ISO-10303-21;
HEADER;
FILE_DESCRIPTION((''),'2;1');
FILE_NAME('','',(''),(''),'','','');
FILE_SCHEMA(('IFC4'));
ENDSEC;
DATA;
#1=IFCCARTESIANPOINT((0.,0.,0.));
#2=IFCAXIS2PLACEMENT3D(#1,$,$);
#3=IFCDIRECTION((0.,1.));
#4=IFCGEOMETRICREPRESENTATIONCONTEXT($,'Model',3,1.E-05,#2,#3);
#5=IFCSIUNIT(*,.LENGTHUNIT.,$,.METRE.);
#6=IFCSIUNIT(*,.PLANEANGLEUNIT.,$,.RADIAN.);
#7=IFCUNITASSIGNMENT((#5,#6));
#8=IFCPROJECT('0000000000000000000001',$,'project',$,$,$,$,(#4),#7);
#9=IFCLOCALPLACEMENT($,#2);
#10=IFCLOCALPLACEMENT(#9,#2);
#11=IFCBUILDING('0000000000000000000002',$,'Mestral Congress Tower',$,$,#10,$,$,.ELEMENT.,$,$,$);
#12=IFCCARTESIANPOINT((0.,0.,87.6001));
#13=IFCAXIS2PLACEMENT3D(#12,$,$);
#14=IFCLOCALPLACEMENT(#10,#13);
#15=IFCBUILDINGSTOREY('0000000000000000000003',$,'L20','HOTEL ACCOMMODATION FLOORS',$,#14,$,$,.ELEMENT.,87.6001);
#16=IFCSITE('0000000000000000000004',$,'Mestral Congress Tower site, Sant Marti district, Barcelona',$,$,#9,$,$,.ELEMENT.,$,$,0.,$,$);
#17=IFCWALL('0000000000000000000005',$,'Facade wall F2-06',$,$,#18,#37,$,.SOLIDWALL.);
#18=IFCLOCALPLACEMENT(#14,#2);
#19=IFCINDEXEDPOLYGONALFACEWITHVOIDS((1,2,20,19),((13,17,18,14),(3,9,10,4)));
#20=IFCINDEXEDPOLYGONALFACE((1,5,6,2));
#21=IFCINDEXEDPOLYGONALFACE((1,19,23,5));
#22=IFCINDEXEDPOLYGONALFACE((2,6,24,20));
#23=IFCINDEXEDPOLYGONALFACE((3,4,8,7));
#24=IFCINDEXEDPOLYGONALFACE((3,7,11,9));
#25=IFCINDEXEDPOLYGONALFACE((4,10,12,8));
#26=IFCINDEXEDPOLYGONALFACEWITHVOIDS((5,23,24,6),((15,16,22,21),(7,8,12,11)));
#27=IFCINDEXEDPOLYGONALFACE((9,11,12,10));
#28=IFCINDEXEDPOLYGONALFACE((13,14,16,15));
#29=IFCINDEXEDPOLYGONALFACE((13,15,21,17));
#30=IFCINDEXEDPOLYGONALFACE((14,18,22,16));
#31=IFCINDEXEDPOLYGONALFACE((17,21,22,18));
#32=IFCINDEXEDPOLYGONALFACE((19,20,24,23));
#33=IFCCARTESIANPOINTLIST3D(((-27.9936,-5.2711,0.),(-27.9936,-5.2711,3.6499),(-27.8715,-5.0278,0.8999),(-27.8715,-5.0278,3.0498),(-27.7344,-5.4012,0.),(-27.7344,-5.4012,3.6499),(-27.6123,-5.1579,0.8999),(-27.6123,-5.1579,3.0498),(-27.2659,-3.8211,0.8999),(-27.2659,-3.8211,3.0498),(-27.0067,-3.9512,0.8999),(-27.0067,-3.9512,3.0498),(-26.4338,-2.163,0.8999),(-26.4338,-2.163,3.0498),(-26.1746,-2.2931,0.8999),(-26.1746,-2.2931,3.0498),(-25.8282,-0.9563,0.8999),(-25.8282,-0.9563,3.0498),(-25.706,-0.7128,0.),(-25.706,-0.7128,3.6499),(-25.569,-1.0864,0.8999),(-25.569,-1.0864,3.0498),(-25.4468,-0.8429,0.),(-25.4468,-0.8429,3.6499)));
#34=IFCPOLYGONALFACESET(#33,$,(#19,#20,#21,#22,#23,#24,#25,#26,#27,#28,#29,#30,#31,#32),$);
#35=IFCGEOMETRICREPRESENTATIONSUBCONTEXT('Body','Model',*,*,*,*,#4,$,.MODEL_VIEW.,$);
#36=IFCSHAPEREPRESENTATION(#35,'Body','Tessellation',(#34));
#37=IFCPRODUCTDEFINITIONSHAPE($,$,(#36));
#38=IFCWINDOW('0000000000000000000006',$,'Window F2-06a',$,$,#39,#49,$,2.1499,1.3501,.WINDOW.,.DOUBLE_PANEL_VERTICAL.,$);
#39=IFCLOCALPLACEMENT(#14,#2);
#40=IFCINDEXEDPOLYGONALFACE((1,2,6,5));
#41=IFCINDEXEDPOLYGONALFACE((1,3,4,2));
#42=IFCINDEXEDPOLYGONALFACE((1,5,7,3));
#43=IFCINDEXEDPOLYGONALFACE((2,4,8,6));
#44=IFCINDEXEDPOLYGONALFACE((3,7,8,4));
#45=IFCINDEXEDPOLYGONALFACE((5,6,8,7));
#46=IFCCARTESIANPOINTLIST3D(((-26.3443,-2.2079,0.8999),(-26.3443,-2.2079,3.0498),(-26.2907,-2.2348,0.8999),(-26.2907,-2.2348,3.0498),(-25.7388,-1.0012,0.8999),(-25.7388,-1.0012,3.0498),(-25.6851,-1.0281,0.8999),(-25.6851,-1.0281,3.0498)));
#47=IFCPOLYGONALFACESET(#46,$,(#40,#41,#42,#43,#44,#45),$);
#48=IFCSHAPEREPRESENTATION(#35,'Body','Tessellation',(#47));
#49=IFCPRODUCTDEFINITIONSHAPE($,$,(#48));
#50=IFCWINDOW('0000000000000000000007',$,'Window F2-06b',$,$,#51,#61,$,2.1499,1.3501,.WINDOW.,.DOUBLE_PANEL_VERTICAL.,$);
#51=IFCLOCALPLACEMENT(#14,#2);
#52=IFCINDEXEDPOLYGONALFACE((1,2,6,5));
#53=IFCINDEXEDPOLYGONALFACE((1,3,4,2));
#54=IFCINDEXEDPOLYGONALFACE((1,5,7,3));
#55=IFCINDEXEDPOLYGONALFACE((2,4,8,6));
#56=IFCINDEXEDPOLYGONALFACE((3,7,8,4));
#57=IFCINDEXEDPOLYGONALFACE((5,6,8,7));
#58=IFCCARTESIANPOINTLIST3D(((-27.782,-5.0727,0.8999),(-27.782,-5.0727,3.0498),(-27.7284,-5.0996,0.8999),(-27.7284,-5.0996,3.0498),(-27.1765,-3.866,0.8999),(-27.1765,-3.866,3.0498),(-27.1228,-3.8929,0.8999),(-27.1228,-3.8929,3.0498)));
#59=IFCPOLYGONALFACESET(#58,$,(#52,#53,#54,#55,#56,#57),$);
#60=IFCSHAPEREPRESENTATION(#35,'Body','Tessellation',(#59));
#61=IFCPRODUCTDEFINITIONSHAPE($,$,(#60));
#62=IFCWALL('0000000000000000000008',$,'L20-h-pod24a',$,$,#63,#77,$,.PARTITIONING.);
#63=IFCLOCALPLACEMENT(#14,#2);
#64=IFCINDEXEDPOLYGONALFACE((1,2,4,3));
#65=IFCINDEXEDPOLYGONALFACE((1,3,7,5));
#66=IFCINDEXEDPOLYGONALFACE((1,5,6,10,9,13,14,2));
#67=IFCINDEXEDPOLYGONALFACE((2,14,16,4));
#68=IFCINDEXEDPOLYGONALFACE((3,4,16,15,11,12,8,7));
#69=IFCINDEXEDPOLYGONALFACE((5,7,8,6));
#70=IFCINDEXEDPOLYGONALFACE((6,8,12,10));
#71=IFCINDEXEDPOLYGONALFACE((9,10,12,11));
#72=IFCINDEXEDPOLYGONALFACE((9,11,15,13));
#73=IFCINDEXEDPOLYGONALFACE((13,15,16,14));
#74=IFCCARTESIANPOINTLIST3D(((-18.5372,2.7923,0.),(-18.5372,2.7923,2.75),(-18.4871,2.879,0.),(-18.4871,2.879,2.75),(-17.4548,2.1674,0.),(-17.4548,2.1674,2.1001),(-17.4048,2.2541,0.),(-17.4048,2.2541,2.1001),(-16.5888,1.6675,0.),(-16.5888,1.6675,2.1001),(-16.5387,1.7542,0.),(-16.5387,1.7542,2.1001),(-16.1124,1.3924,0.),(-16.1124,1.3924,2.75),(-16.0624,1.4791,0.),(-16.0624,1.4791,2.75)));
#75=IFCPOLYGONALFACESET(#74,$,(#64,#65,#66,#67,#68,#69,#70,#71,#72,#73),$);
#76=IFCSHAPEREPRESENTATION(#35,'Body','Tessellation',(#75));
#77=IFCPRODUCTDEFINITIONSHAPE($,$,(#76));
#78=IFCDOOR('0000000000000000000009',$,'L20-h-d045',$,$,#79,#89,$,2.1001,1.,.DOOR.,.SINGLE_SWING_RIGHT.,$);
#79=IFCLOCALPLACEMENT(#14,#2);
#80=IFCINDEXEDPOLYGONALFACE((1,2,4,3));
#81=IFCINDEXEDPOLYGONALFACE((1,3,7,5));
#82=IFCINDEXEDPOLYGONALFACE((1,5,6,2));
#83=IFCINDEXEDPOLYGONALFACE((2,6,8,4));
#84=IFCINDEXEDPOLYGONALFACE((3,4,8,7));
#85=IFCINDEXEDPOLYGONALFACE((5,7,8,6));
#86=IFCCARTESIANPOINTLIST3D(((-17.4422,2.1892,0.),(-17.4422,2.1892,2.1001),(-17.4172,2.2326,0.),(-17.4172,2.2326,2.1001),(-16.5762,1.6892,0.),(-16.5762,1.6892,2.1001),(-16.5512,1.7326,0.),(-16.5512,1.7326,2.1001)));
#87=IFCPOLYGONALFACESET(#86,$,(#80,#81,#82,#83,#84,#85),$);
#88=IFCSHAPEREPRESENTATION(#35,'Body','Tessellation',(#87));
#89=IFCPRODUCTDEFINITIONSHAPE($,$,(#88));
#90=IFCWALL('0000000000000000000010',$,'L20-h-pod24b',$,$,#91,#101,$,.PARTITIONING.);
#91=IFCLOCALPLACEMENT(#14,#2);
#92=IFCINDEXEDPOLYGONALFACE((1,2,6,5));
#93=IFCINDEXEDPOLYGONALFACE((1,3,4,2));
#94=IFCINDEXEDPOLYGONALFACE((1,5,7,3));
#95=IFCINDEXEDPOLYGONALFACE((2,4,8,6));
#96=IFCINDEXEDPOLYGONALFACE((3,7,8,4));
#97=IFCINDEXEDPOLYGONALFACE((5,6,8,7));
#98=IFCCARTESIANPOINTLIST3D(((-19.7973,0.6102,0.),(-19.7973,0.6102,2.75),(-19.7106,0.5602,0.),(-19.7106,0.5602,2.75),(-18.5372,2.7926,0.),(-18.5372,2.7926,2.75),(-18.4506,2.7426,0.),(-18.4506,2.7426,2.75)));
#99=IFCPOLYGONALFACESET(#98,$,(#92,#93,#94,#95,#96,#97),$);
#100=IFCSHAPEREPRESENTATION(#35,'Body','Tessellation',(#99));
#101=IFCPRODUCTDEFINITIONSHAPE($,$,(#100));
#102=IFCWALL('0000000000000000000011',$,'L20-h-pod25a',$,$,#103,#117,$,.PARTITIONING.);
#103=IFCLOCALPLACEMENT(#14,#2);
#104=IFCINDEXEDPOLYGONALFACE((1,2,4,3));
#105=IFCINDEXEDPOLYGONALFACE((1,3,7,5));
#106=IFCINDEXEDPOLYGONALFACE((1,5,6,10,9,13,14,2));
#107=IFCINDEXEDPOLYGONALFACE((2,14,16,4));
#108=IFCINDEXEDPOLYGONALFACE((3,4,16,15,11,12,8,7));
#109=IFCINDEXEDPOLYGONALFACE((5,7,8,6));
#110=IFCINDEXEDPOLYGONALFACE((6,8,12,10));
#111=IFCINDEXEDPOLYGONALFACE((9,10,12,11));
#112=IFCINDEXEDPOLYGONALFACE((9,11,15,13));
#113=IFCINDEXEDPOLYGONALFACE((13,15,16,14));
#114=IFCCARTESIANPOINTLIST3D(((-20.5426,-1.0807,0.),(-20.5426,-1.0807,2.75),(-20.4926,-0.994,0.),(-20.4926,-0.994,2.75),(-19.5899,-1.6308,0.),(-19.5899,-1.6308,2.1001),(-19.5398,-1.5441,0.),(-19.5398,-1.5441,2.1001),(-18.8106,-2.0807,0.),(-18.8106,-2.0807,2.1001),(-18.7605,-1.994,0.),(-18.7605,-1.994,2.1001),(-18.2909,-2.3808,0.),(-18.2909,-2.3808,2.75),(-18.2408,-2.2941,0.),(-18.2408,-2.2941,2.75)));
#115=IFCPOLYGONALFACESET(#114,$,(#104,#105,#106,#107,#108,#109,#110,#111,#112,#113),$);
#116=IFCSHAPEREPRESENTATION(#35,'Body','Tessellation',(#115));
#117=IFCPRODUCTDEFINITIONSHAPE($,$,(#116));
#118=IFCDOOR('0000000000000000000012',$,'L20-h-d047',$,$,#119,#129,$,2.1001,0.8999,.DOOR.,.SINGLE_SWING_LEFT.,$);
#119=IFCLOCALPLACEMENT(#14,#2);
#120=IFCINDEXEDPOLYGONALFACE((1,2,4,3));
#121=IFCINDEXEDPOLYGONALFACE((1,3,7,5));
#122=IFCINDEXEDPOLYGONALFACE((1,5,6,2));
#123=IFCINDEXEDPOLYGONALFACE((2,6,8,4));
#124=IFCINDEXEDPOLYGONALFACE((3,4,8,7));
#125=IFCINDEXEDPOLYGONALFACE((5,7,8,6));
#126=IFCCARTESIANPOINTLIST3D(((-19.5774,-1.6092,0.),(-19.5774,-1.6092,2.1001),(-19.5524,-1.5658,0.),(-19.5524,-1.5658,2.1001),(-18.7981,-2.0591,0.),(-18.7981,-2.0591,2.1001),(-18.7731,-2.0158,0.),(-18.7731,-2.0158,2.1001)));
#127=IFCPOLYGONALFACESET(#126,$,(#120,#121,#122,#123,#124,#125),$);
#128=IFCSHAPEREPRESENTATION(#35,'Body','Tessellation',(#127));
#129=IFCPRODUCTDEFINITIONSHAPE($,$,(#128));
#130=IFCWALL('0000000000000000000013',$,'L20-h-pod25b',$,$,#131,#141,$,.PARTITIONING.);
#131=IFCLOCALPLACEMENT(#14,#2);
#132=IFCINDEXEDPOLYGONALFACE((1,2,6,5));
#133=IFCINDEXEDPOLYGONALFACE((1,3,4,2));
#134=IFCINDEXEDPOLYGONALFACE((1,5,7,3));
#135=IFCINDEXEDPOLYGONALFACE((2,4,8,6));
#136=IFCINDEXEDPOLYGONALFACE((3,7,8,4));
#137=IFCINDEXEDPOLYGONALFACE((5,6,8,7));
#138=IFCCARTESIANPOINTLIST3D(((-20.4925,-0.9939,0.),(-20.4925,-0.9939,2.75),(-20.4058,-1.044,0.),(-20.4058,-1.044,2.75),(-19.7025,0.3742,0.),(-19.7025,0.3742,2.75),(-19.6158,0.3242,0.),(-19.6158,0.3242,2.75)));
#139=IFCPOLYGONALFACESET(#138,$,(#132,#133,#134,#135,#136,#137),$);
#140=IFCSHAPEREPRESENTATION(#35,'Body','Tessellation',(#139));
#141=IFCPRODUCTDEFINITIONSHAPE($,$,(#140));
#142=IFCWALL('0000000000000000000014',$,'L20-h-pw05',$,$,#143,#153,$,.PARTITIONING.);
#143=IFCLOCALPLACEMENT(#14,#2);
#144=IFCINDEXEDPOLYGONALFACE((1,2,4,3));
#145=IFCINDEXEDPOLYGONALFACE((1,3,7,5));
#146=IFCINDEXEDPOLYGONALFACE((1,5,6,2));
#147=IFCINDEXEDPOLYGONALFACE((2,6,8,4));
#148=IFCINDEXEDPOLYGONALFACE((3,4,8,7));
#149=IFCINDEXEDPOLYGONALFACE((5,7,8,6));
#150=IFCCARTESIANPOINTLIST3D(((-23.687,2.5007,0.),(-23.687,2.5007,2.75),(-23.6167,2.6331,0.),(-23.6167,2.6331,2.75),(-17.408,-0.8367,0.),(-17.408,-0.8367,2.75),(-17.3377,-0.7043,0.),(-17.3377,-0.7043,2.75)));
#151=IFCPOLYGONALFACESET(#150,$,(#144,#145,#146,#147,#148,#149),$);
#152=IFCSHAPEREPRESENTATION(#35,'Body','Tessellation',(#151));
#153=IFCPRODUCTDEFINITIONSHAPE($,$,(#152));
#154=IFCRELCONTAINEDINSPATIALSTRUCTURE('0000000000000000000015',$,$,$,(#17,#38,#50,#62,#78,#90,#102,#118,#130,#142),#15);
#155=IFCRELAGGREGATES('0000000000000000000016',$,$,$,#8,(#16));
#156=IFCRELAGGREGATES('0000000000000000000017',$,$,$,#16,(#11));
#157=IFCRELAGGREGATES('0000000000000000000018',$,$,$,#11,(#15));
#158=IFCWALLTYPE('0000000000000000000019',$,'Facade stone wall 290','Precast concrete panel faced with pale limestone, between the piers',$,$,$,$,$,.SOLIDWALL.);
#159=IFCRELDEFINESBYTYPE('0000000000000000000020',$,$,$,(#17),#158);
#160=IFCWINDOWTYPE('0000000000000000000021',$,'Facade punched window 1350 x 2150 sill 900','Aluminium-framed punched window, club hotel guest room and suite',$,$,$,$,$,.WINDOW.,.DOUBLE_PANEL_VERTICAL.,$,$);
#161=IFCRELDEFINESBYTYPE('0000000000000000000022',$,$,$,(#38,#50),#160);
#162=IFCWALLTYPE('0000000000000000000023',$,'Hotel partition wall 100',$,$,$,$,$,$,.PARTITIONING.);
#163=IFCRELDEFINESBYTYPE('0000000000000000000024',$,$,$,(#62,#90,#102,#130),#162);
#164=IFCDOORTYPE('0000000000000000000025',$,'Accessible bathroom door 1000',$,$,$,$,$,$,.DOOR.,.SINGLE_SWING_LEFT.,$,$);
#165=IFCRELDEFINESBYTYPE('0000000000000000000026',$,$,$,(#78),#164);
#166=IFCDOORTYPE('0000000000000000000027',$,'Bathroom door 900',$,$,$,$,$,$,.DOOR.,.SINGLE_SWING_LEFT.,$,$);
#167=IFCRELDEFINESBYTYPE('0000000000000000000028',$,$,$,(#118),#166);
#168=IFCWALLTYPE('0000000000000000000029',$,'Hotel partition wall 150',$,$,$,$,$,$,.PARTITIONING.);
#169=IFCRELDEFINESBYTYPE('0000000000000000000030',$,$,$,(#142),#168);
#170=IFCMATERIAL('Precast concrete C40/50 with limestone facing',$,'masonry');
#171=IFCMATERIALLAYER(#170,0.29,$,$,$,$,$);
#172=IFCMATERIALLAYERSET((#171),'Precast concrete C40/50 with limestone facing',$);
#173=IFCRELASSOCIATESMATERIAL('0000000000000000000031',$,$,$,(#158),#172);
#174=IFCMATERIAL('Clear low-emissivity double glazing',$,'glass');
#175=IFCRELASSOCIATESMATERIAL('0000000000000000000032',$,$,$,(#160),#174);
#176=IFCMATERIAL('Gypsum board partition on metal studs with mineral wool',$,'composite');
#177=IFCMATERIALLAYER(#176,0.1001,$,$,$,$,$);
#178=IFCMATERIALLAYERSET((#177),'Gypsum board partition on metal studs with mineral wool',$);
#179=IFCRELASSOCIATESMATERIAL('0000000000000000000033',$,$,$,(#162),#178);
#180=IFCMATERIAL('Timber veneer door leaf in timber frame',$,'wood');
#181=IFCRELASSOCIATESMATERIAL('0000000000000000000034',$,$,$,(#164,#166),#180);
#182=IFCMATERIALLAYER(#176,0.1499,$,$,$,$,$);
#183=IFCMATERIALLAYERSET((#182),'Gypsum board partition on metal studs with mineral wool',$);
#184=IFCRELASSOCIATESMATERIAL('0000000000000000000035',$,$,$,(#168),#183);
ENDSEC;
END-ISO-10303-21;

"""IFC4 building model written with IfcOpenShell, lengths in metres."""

from ifc_helpers import new_model, si_unit, direction, frame, frame_2d, origin, place, context, subcontext, project, spatial, rectangle, extrude, material, layer, layer_set, type_object, element, fill, save


model = new_model("IFC4")

# Units and contexts
model_context = context("Model", 3, precision=1e-05, world=origin(), true_north=direction((0.0, 1.0)))
body_context = subcontext(model_context, "Body", "Model", "MODEL_VIEW")
ifc_project = project(units=[si_unit("LENGTHUNIT", "METRE"), si_unit("PLANEANGLEUNIT", "RADIAN")], contexts=[model_context])

# Site, building, storey
site_placement = place(None, origin())
site = spatial("IfcSite", under=ifc_project, at=site_placement, Name="Mestral Congress Tower site, Sant Marti district, Barcelona", CompositionType="ELEMENT", RefElevation=0.0)
building_placement = place(site_placement, origin())
building = spatial("IfcBuilding", under=site, at=building_placement, Name="Mestral Congress Tower", CompositionType="ELEMENT")
storey_placement = place(building_placement, frame((0.0, 0.0, 87.6001)))
storey = spatial("IfcBuildingStorey", under=building, at=storey_placement, Name="L20", Description="HOTEL ACCOMMODATION FLOORS", CompositionType="ELEMENT", Elevation=87.6001)

# Wall, openings, windows
ifc_material_1 = material(Name="Precast concrete C40/50 with limestone facing", Category="masonry")
ifc_layer_1 = layer(ifc_material_1, 0.29)
ifc_layer_set_1 = layer_set([ifc_layer_1], Name="Precast concrete C40/50 with limestone facing")
wall_type_1 = type_object("IfcWallType", Name="Facade stone wall 290", Description="Precast concrete panel faced with pale limestone, between the piers", PredefinedType="SOLIDWALL", material=ifc_layer_set_1)
wall_1_placement = place(storey_placement, frame((-25.5764, -0.7778, 0.0), z_axis=(0.0, 0.0, 1.0), x_axis=(-0.448534, -0.893766, 0.0)))
wall_1 = element("IfcWall", 1, at=wall_1_placement, inside=storey, type_object=wall_type_1, Name="Facade wall F2-06", PredefinedType="SOLIDWALL", context=body_context, shape_type="SweptSolid", body=[
    extrude(rectangle(XDim=5.1001, YDim=0.29, at=frame_2d((2.55, 0.0))), origin(), (0.0, 0.0, 1.0), 3.6499),
])
opening_1_placement = place(wall_1_placement, frame((0.2725, 0.0, 0.8999)))
opening_1 = element("IfcOpeningElement", 2, at=opening_1_placement, cuts=wall_1, PredefinedType="OPENING", context=body_context, shape_type="SweptSolid", body=[
    extrude(rectangle(XDim=1.3501, YDim=2.1499, at=frame_2d((0.675, 1.075))), frame((0.0, 0.155, 0.0), z_axis=(0.0, -1.0, 0.0), x_axis=(1.0, 0.0, 0.0)), (0.0, 0.0, 1.0), 0.3101),
])
opening_2_placement = place(wall_1_placement, frame((3.4778, 0.0, 0.8999)))
opening_2 = element("IfcOpeningElement", 3, at=opening_2_placement, cuts=wall_1, PredefinedType="OPENING", context=body_context, shape_type="SweptSolid", body=[
    extrude(rectangle(XDim=1.3501, YDim=2.1499, at=frame_2d((0.675, 1.075))), frame((0.0, 0.155, 0.0), z_axis=(0.0, -1.0, 0.0), x_axis=(1.0, 0.0, 0.0)), (0.0, 0.0, 1.0), 0.3101),
])
ifc_material_2 = material(Name="Clear low-emissivity double glazing", Category="glass")
window_type = type_object("IfcWindowType", Name="Facade punched window 1350 x 2150 sill 900", Description="Aluminium-framed punched window, club hotel guest room and suite", PartitioningType="DOUBLE_PANEL_VERTICAL", PredefinedType="WINDOW", material=ifc_material_2)
window_1_placement = place(opening_1_placement, origin())
window_1 = element("IfcWindow", 4, at=window_1_placement, inside=storey, type_object=window_type, Name="Window F2-06a", OverallHeight=2.1499, OverallWidth=1.3501, PartitioningType="DOUBLE_PANEL_VERTICAL", PredefinedType="WINDOW", context=body_context, shape_type="SweptSolid", body=[
    extrude(rectangle(XDim=1.3501, YDim=2.1499, at=frame_2d((0.675, 1.075))), frame((0.0, 0.0151, 0.0), z_axis=(0.0, -1.0, 0.0), x_axis=(1.0, 0.0, 0.0)), (0.0, 0.0, 1.0), 0.0601),
])
fill(opening_1, window_1)
window_2_placement = place(opening_2_placement, origin())
window_2 = element("IfcWindow", 5, at=window_2_placement, inside=storey, type_object=window_type, Name="Window F2-06b", OverallHeight=2.1499, OverallWidth=1.3501, PartitioningType="DOUBLE_PANEL_VERTICAL", PredefinedType="WINDOW", context=body_context, shape_type="SweptSolid", body=[
    extrude(rectangle(XDim=1.3501, YDim=2.1499, at=frame_2d((0.675, 1.075))), frame((0.0, 0.0151, 0.0), z_axis=(0.0, -1.0, 0.0), x_axis=(1.0, 0.0, 0.0)), (0.0, 0.0, 1.0), 0.0601),
])
fill(opening_2, window_2)

# Wall, opening, door
ifc_material_3 = material(Name="Gypsum board partition on metal studs with mineral wool", Category="composite")
ifc_layer_2 = layer(ifc_material_3, 0.1001)
ifc_layer_set_2 = layer_set([ifc_layer_2], Name="Gypsum board partition on metal studs with mineral wool")
wall_type_2 = type_object("IfcWallType", Name="Hotel partition wall 100", PredefinedType="PARTITIONING", material=ifc_layer_set_2)
wall_2_placement = place(storey_placement, frame((-16.0874, 1.4358, 0.0), z_axis=(0.0, 0.0, 1.0), x_axis=(-0.866035, 0.499984, 0.0)))
wall_2 = element("IfcWall", 6, at=wall_2_placement, inside=storey, type_object=wall_type_2, Name="L20-h-pod24a", PredefinedType="PARTITIONING", context=body_context, shape_type="SweptSolid", body=[
    extrude(rectangle(XDim=2.7998, YDim=0.1001, at=frame_2d((1.3999, 0.0))), origin(), (0.0, 0.0, 1.0), 2.75),
])
opening_3_placement = place(wall_2_placement, frame((0.55, 0.0, 0.0)))
opening_3 = element("IfcOpeningElement", 7, at=opening_3_placement, cuts=wall_2, PredefinedType="OPENING", context=body_context, shape_type="SweptSolid", body=[
    extrude(rectangle(XDim=1.0, YDim=2.1001, at=frame_2d((0.5, 1.05))), frame((0.0, 0.0601, 0.0), z_axis=(0.0, -1.0, 0.0), x_axis=(1.0, 0.0, 0.0)), (0.0, 0.0, 1.0), 0.1201),
])
ifc_material_4 = material(Name="Timber veneer door leaf in timber frame", Category="wood")
door_type_1 = type_object("IfcDoorType", Name="Accessible bathroom door 1000", OperationType="SINGLE_SWING_LEFT", PredefinedType="DOOR", material=ifc_material_4)
door_1_placement = place(opening_3_placement, origin())
door_1 = element("IfcDoor", 8, at=door_1_placement, inside=storey, type_object=door_type_1, Name="L20-h-d045", OperationType="SINGLE_SWING_RIGHT", OverallHeight=2.1001, OverallWidth=1.0, PredefinedType="DOOR", context=body_context, shape_type="SweptSolid", body=[
    extrude(rectangle(XDim=1.0, YDim=2.1001, at=frame_2d((0.5, 1.05))), frame((0.0, 0.0249, 0.0), z_axis=(0.0, -1.0, 0.0), x_axis=(1.0, 0.0, 0.0)), (0.0, 0.0, 1.0), 0.05),
])
fill(opening_3, door_1)

# Wall
wall_3_placement = place(storey_placement, frame((-18.4939, 2.7676, 0.0), z_axis=(0.0, 0.0, 1.0), x_axis=(-0.500005, -0.866023, 0.0)))
element("IfcWall", 9, at=wall_3_placement, inside=storey, type_object=wall_type_2, Name="L20-h-pod24b", PredefinedType="PARTITIONING", context=body_context, shape_type="SweptSolid", body=[
    extrude(rectangle(XDim=2.52, YDim=0.1001, at=frame_2d((1.26, 0.0))), origin(), (0.0, 0.0, 1.0), 2.75),
])

# Wall, opening, door
wall_4_placement = place(storey_placement, frame((-20.5176, -1.0374, 0.0), z_axis=(0.0, 0.0, 1.0), x_axis=(0.866021, -0.500007, 0.0)))
wall_4 = element("IfcWall", 10, at=wall_4_placement, inside=storey, type_object=wall_type_2, Name="L20-h-pod25a", PredefinedType="PARTITIONING", context=body_context, shape_type="SweptSolid", body=[
    extrude(rectangle(XDim=2.6001, YDim=0.1001, at=frame_2d((1.3, 0.0))), origin(), (0.0, 0.0, 1.0), 2.75),
])
opening_4_placement = place(wall_4_placement, frame((1.1001, 0.0, 0.0)))
opening_4 = element("IfcOpeningElement", 11, at=opening_4_placement, cuts=wall_4, PredefinedType="OPENING", context=body_context, shape_type="SweptSolid", body=[
    extrude(rectangle(XDim=0.8999, YDim=2.1001, at=frame_2d((0.45, 1.05))), frame((0.0, 0.0601, 0.0), z_axis=(0.0, -1.0, 0.0), x_axis=(1.0, 0.0, 0.0)), (0.0, 0.0, 1.0), 0.1201),
])
door_type_2 = type_object("IfcDoorType", Name="Bathroom door 900", OperationType="SINGLE_SWING_LEFT", PredefinedType="DOOR", material=ifc_material_4)
door_2_placement = place(opening_4_placement, origin())
door_2 = element("IfcDoor", 12, at=door_2_placement, inside=storey, type_object=door_type_2, Name="L20-h-d047", OperationType="SINGLE_SWING_LEFT", OverallHeight=2.1001, OverallWidth=0.8999, PredefinedType="DOOR", context=body_context, shape_type="SweptSolid", body=[
    extrude(rectangle(XDim=0.8999, YDim=2.1001, at=frame_2d((0.45, 1.05))), frame((0.0, 0.0249, 0.0), z_axis=(0.0, -1.0, 0.0), x_axis=(1.0, 0.0, 0.0)), (0.0, 0.0, 1.0), 0.05),
])
fill(opening_4, door_2)

# Walls
wall_5_placement = place(storey_placement, frame((-20.4492, -1.019, 0.0), z_axis=(0.0, 0.0, 1.0), x_axis=(0.500061, 0.86599, 0.0)))
element("IfcWall", 13, at=wall_5_placement, inside=storey, type_object=wall_type_2, Name="L20-h-pod25b", PredefinedType="PARTITIONING", context=body_context, shape_type="SweptSolid", body=[
    extrude(rectangle(XDim=1.5798, YDim=0.1001, at=frame_2d((0.79, 0.0))), origin(), (0.0, 0.0, 1.0), 2.75),
])
ifc_layer_3 = layer(ifc_material_3, 0.1499)
ifc_layer_set_3 = layer_set([ifc_layer_3], Name="Gypsum board partition on metal studs with mineral wool")
wall_type_3 = type_object("IfcWallType", Name="Hotel partition wall 150", PredefinedType="PARTITIONING", material=ifc_layer_set_3)
wall_6_placement = place(storey_placement, frame((-23.6519, 2.5669, 0.0), z_axis=(0.0, 0.0, 1.0), x_axis=(0.883019, -0.469337, 0.0)))
element("IfcWall", 14, at=wall_6_placement, inside=storey, type_object=wall_type_3, Name="L20-h-pw05", PredefinedType="PARTITIONING", context=body_context, shape_type="SweptSolid", body=[
    extrude(rectangle(XDim=7.1108, YDim=0.1499, at=frame_2d((3.5554, 0.0))), origin(), (0.0, 0.0, 1.0), 2.75),
])

save(model, "model.ifc")
